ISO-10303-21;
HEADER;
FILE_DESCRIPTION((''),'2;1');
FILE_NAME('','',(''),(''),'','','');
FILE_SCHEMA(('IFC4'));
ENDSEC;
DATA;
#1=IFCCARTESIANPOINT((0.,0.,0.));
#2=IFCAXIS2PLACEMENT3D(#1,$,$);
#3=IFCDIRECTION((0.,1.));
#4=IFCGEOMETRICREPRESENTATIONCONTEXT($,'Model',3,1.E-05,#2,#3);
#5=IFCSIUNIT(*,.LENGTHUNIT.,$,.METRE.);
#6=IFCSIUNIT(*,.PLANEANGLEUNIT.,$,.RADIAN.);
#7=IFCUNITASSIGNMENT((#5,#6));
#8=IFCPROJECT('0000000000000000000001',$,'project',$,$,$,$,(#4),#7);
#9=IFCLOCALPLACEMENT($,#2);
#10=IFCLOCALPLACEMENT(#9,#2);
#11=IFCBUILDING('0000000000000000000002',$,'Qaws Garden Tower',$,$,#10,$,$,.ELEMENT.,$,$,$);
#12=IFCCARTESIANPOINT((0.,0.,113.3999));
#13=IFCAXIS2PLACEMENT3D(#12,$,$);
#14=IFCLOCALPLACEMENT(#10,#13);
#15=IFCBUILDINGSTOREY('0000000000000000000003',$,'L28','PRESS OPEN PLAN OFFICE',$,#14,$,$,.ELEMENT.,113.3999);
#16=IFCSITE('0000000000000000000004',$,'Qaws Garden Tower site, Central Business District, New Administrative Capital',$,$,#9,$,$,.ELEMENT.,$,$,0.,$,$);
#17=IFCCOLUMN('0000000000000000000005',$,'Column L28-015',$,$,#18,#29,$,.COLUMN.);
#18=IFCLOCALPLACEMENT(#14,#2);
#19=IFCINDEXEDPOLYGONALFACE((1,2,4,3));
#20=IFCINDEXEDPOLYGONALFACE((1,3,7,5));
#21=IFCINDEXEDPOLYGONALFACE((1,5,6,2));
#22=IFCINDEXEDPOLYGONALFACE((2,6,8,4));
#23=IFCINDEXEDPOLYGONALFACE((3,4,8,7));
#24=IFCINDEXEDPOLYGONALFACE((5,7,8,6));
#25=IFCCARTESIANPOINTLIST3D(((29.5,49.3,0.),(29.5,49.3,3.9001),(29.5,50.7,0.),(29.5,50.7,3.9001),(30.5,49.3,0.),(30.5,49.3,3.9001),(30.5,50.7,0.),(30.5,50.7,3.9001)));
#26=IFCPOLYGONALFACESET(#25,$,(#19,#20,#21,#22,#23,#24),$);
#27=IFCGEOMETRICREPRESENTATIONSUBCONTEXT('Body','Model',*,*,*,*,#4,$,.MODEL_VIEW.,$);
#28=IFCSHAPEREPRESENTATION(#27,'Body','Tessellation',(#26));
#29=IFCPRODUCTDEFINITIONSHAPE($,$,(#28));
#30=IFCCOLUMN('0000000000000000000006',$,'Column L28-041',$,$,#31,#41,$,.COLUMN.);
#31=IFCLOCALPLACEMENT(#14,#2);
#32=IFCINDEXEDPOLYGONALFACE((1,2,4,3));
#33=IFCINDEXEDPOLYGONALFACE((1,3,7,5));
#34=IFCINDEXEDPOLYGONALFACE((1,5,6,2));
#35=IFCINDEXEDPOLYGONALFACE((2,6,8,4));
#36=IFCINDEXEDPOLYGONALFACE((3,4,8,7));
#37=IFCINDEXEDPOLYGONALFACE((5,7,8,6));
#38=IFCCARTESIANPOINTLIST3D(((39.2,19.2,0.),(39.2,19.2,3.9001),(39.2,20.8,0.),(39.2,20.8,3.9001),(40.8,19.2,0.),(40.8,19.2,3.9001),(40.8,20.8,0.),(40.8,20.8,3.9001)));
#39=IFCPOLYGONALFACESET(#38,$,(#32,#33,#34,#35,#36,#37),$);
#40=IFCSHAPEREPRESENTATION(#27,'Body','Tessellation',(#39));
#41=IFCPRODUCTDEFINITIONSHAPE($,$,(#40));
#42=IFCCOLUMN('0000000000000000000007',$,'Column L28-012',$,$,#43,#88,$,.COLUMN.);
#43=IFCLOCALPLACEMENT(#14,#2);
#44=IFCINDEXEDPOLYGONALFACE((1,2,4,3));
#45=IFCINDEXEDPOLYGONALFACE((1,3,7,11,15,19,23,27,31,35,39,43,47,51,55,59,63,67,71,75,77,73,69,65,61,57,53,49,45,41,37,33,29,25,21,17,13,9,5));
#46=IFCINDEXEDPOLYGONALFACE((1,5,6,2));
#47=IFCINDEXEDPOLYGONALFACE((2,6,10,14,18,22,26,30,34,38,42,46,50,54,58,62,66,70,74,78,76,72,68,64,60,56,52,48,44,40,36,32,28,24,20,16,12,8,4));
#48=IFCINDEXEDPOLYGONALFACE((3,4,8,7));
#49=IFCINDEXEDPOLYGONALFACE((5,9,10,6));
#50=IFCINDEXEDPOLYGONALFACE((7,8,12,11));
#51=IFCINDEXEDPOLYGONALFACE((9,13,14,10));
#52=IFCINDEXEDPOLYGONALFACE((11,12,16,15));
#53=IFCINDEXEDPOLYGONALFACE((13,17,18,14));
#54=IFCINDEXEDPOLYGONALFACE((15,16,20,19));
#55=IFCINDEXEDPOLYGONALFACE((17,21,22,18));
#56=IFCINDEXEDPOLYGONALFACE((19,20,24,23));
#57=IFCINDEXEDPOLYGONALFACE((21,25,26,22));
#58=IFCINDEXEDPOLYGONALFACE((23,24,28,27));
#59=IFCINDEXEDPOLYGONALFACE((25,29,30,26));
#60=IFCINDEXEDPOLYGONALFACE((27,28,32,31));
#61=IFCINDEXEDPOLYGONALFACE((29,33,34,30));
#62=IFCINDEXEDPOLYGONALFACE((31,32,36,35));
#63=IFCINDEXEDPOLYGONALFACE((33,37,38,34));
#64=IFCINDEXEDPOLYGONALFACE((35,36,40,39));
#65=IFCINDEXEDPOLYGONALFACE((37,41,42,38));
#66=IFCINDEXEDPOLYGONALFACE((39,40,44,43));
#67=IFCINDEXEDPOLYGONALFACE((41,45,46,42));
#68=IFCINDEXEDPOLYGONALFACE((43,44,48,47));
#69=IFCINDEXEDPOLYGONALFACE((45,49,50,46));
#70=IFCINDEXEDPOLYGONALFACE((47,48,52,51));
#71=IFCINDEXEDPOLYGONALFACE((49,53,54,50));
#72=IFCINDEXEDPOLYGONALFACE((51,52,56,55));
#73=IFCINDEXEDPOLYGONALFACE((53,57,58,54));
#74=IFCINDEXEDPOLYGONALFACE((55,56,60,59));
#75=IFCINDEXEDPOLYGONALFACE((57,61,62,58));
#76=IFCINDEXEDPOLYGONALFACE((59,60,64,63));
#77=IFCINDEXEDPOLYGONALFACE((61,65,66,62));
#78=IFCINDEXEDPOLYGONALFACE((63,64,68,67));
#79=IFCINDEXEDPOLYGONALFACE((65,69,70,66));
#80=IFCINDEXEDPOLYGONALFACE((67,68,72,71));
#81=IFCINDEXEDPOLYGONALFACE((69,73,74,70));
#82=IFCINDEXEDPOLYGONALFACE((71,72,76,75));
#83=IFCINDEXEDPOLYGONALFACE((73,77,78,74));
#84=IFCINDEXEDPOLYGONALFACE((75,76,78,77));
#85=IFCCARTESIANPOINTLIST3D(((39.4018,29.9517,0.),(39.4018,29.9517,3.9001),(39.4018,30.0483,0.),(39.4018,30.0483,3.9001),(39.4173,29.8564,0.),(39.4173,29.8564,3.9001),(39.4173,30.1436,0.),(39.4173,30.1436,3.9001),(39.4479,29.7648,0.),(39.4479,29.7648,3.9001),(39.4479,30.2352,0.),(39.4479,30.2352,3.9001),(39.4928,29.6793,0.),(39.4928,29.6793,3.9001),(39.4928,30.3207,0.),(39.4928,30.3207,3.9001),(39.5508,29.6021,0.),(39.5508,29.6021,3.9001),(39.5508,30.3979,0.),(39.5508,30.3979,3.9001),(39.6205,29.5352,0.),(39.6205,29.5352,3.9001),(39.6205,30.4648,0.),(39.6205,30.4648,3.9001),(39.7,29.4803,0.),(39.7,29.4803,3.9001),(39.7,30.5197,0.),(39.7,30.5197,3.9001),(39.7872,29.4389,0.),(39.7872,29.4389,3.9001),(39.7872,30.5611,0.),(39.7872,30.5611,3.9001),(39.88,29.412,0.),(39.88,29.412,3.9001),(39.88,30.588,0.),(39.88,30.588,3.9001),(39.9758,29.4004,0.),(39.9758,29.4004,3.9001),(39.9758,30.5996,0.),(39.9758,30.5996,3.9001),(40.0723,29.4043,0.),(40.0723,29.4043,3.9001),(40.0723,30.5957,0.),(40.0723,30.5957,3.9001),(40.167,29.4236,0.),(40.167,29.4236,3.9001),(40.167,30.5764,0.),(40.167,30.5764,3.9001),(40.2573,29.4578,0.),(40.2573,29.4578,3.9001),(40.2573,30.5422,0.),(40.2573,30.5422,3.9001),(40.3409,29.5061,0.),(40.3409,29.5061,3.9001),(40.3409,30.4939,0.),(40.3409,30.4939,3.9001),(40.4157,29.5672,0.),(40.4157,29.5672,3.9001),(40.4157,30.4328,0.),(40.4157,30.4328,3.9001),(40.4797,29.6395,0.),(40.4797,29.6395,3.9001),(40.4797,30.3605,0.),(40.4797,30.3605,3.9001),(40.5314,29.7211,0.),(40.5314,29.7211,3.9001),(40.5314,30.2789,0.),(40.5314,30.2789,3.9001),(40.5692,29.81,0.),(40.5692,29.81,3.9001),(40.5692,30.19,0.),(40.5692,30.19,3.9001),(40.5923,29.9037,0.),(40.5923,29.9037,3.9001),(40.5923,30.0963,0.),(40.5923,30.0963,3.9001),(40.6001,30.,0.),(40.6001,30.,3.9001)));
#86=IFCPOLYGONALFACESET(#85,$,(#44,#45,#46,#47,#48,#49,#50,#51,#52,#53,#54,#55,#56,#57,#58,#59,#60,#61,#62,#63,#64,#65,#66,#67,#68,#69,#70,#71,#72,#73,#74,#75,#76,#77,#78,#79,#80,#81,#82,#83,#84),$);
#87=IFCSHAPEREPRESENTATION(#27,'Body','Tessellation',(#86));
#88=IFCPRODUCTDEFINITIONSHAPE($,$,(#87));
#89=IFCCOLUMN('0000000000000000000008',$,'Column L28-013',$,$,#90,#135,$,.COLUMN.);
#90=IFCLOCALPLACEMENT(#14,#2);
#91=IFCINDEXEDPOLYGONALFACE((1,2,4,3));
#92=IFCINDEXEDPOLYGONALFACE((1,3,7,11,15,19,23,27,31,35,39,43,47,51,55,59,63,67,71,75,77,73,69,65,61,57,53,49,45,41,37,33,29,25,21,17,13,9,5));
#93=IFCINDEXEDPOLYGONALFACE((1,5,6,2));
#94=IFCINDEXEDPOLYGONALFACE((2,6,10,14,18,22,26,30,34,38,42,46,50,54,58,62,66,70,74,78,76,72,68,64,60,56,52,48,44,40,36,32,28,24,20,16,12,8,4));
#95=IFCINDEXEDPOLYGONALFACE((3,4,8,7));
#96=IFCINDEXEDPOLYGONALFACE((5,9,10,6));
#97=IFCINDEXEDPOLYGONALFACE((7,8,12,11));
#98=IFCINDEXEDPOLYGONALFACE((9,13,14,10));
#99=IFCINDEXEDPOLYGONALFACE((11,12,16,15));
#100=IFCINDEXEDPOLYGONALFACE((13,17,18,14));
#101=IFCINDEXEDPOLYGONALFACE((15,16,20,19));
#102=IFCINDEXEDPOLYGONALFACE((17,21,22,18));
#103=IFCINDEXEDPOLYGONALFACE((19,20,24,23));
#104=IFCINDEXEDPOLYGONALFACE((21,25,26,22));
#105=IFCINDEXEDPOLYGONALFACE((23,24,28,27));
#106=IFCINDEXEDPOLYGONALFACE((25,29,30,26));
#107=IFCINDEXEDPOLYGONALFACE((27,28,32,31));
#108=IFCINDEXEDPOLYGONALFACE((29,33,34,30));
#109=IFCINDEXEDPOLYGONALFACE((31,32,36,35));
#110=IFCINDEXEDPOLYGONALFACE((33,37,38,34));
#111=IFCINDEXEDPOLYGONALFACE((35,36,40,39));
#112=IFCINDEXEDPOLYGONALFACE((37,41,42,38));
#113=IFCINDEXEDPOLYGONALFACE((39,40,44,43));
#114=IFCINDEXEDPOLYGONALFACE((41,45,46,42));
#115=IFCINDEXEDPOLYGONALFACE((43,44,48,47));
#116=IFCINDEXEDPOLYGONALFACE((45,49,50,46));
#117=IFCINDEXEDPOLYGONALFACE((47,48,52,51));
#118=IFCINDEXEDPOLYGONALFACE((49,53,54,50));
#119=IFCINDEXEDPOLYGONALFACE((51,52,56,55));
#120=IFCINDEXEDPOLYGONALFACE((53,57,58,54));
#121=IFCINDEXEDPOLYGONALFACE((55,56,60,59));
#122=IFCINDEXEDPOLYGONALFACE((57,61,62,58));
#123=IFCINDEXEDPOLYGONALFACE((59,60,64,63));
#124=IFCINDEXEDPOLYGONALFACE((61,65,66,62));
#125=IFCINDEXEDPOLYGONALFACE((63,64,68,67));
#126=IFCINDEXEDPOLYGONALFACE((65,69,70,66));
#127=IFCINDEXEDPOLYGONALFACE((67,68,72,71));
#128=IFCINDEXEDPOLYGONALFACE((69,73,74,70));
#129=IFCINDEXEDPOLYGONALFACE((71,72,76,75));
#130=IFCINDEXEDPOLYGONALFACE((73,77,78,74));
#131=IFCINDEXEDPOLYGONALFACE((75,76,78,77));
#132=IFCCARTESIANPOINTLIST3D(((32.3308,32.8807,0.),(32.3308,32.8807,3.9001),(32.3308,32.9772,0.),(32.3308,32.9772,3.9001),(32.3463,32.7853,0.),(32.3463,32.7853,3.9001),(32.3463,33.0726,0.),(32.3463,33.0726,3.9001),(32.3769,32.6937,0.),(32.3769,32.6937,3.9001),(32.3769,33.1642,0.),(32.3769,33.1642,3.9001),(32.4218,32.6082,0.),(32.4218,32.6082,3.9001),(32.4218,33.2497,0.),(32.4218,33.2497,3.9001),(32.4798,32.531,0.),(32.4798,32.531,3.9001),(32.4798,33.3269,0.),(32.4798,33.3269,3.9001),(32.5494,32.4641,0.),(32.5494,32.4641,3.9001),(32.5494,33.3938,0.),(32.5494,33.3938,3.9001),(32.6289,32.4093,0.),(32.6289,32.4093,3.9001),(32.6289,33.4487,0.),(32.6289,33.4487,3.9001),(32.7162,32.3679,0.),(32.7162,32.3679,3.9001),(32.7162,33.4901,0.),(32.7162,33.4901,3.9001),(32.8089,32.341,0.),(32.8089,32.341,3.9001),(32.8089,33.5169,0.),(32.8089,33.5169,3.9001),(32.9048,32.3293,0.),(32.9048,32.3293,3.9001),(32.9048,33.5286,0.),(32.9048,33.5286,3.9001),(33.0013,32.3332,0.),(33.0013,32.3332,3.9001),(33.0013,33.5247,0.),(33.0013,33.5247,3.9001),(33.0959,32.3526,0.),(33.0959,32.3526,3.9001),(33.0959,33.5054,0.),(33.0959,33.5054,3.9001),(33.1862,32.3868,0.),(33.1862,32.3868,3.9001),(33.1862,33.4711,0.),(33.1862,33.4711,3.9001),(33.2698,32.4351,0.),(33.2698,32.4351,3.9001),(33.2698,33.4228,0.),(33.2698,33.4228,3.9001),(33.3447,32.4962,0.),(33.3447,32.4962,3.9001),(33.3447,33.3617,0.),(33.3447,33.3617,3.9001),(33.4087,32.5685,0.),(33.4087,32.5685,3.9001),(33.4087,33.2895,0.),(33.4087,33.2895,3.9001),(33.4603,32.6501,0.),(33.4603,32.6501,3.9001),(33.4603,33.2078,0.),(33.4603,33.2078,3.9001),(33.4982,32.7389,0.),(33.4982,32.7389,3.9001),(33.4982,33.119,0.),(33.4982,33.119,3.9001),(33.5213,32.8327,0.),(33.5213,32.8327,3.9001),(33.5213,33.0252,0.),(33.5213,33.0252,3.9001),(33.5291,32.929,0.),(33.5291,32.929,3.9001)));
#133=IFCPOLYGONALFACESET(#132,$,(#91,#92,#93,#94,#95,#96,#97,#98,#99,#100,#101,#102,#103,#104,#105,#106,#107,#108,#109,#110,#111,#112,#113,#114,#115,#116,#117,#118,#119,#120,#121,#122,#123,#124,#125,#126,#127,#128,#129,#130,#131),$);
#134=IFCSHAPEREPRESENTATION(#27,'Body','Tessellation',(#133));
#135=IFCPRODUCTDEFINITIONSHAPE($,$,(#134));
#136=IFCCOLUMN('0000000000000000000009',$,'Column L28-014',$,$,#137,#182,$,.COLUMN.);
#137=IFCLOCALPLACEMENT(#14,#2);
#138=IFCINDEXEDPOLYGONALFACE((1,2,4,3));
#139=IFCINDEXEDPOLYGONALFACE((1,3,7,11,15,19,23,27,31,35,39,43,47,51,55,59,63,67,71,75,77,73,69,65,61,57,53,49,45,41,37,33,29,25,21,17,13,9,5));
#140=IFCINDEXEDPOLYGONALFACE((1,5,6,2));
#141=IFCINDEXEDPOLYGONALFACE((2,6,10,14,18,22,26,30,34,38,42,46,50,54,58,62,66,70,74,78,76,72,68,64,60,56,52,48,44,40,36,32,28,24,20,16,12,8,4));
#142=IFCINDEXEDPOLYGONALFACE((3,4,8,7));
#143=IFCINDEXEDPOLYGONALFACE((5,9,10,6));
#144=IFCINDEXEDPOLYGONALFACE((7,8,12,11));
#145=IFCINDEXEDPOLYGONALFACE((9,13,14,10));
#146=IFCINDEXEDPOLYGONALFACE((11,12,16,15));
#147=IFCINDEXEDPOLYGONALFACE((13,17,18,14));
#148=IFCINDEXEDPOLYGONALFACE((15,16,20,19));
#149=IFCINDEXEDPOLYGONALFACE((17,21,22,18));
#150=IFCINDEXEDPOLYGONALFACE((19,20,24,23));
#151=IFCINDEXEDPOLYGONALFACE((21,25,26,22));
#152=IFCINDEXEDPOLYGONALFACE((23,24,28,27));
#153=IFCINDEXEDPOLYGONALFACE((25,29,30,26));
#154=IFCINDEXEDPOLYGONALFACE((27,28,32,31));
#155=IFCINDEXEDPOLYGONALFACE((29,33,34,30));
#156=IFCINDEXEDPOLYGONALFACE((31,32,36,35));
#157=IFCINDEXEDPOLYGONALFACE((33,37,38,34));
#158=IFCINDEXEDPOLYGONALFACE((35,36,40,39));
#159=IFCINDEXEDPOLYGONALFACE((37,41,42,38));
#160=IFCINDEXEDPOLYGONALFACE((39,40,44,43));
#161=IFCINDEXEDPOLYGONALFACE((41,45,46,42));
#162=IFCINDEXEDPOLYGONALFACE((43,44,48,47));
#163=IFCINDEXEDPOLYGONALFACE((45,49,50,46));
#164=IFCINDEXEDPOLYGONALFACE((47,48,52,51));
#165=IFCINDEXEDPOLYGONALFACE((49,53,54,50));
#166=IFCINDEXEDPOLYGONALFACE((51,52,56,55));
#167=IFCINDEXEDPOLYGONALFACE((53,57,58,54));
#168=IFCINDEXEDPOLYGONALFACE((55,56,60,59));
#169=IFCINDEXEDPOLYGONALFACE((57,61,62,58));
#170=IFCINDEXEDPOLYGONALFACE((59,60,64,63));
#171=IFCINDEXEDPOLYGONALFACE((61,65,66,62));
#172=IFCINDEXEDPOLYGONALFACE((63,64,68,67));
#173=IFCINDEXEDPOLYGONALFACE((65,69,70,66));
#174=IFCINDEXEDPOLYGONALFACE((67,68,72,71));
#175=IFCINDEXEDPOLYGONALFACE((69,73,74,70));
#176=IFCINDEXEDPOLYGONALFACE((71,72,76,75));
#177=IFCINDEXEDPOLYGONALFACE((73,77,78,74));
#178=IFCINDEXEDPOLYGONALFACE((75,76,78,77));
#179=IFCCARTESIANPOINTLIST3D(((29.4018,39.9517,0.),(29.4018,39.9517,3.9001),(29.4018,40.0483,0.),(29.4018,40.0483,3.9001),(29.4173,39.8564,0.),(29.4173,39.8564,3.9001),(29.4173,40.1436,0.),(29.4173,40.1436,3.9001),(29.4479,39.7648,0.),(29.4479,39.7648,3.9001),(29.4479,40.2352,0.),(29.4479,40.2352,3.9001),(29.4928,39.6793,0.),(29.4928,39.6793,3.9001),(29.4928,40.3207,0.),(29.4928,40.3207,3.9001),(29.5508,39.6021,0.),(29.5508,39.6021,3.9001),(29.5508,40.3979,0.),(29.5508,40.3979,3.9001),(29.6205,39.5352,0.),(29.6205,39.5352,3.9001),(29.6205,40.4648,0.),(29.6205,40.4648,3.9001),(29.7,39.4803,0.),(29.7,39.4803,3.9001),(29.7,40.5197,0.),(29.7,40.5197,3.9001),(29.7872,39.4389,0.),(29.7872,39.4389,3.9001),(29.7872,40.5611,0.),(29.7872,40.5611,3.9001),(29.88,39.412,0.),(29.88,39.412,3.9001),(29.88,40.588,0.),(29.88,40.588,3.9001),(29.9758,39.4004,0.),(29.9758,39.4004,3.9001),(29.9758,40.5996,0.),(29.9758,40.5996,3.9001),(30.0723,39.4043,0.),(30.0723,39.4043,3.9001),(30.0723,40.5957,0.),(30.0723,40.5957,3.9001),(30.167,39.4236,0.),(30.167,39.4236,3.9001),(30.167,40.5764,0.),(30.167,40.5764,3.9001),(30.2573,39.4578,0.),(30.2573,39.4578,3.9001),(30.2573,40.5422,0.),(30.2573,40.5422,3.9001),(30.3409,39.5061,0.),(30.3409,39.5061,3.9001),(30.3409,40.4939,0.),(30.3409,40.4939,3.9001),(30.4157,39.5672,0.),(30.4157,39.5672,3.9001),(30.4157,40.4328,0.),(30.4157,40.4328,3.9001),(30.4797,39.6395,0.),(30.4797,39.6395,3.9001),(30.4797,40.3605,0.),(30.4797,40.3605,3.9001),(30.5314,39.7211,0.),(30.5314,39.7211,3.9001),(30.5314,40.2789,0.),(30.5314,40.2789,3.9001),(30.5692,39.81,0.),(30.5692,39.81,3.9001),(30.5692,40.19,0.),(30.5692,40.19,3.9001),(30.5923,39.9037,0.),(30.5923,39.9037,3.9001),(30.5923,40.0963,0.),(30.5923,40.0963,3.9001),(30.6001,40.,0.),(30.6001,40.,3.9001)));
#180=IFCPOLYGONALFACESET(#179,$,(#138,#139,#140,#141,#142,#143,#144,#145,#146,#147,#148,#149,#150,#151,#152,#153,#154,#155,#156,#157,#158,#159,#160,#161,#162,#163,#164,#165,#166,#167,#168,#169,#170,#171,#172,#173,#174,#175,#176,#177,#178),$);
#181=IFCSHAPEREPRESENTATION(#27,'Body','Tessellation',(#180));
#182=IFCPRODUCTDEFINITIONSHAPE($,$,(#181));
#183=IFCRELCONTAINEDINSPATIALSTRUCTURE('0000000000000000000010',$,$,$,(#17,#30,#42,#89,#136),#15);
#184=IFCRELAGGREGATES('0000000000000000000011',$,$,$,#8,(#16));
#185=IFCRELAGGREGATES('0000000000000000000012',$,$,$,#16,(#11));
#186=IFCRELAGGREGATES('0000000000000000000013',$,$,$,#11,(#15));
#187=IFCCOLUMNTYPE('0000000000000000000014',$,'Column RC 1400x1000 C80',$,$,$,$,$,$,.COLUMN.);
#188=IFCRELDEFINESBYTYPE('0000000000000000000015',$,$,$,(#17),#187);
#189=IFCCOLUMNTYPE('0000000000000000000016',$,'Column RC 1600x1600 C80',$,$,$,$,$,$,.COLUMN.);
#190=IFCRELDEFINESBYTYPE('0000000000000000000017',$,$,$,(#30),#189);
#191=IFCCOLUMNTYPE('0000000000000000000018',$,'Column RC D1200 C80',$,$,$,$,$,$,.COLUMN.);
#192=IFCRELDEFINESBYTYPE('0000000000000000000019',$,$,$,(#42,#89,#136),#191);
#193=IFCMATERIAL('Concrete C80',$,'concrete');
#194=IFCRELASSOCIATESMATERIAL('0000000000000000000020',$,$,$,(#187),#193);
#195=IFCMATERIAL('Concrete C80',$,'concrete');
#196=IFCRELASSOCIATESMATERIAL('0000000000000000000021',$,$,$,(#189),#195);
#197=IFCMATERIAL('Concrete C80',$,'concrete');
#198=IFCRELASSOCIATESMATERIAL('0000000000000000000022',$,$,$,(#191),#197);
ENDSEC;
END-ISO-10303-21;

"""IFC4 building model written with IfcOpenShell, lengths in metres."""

from ifc_helpers import new_model, si_unit, direction, frame, origin, origin_2d, place, context, subcontext, project, spatial, rectangle, circle, extrude, material, material_profile, profile_set, type_object, element, save


model = new_model("IFC4")

# Units and contexts
model_context = context("Model", 3, precision=1e-05, world=origin(), true_north=direction((0.0, 1.0)))
body_context = subcontext(model_context, "Body", "Model", "MODEL_VIEW")
ifc_project = project(units=[si_unit("LENGTHUNIT", "METRE"), si_unit("PLANEANGLEUNIT", "RADIAN")], contexts=[model_context])

# Site, building, storey
site_placement = place(None, origin())
site = spatial("IfcSite", under=ifc_project, at=site_placement, Name="Qaws Garden Tower site, Central Business District, New Administrative Capital", CompositionType="ELEMENT", RefElevation=0.0)
building_placement = place(site_placement, origin())
building = spatial("IfcBuilding", under=site, at=building_placement, Name="Qaws Garden Tower", CompositionType="ELEMENT")
storey_placement = place(building_placement, frame((0.0, 0.0, 113.3999)))
storey = spatial("IfcBuildingStorey", under=building, at=storey_placement, Name="L28", Description="PRESS OPEN PLAN OFFICE", CompositionType="ELEMENT", Elevation=113.3999)

# Columns
ifc_material_1 = material(Name="Concrete C80", Category="concrete")
ifc_material_profile_1 = material_profile(ifc_material_1, rectangle(XDim=1.3999, YDim=1.0, at=origin_2d()), Name="RC 1400x1000")
ifc_profile_set_1 = profile_set([ifc_material_profile_1], Name="Concrete C80")
column_type_1 = type_object("IfcColumnType", Name="Column RC 1400x1000 C80", PredefinedType="COLUMN", material=ifc_profile_set_1)
column_1_placement = place(storey_placement, frame((30.0, 50.0, 0.0), z_axis=(0.0, 0.0, 1.0), x_axis=(0.0, 1.0, 0.0)))
element("IfcColumn", 1, at=column_1_placement, inside=storey, type_object=column_type_1, Name="Column L28-015", PredefinedType="COLUMN", context=body_context, shape_type="SweptSolid", body=[
    extrude(rectangle(XDim=1.3999, YDim=1.0, at=origin_2d()), origin(), (0.0, 0.0, 1.0), 3.9001),
])
ifc_material_2 = material(Name="Concrete C80", Category="concrete")
ifc_material_profile_2 = material_profile(ifc_material_2, rectangle(XDim=1.6001, YDim=1.6001, at=origin_2d()), Name="RC 1600x1600")
ifc_profile_set_2 = profile_set([ifc_material_profile_2], Name="Concrete C80")
column_type_2 = type_object("IfcColumnType", Name="Column RC 1600x1600 C80", PredefinedType="COLUMN", material=ifc_profile_set_2)
column_2_placement = place(storey_placement, frame((40.0, 20.0, 0.0), z_axis=(0.0, 0.0, 1.0), x_axis=(1.0, 0.0, 0.0)))
element("IfcColumn", 2, at=column_2_placement, inside=storey, type_object=column_type_2, Name="Column L28-041", PredefinedType="COLUMN", context=body_context, shape_type="SweptSolid", body=[
    extrude(rectangle(XDim=1.6001, YDim=1.6001, at=origin_2d()), origin(), (0.0, 0.0, 1.0), 3.9001),
])
ifc_material_3 = material(Name="Concrete C80", Category="concrete")
ifc_material_profile_3 = material_profile(ifc_material_3, circle(Radius=0.6001, at=origin_2d()), Name="RC D1200")
ifc_profile_set_3 = profile_set([ifc_material_profile_3], Name="Concrete C80")
column_type_3 = type_object("IfcColumnType", Name="Column RC D1200 C80", PredefinedType="COLUMN", material=ifc_profile_set_3)
for number, where, z_axis, x_axis, name in (
    (3, (40.0, 30.0, 0.0), (0.0, 0.0, 1.0), (1.0, 0.0, 0.0), "Column L28-012"),
    (4, (32.929, 32.929, 0.0), (0.0, 0.0, 1.0), (1.0, 0.0, 0.0), "Column L28-013"),
    (5, (30.0, 40.0, 0.0), (0.0, 0.0, 1.0), (1.0, 0.0, 0.0), "Column L28-014"),
):
    element("IfcColumn", number, at=place(storey_placement, frame(where, z_axis=z_axis, x_axis=x_axis)), inside=storey, type_object=column_type_3, Name=name, PredefinedType="COLUMN", context=body_context, shape_type="SweptSolid", body=[
        extrude(circle(Radius=0.6001, at=origin_2d()), origin(), (0.0, 0.0, 1.0), 3.9001),
    ])

save(model, "model.ifc")
